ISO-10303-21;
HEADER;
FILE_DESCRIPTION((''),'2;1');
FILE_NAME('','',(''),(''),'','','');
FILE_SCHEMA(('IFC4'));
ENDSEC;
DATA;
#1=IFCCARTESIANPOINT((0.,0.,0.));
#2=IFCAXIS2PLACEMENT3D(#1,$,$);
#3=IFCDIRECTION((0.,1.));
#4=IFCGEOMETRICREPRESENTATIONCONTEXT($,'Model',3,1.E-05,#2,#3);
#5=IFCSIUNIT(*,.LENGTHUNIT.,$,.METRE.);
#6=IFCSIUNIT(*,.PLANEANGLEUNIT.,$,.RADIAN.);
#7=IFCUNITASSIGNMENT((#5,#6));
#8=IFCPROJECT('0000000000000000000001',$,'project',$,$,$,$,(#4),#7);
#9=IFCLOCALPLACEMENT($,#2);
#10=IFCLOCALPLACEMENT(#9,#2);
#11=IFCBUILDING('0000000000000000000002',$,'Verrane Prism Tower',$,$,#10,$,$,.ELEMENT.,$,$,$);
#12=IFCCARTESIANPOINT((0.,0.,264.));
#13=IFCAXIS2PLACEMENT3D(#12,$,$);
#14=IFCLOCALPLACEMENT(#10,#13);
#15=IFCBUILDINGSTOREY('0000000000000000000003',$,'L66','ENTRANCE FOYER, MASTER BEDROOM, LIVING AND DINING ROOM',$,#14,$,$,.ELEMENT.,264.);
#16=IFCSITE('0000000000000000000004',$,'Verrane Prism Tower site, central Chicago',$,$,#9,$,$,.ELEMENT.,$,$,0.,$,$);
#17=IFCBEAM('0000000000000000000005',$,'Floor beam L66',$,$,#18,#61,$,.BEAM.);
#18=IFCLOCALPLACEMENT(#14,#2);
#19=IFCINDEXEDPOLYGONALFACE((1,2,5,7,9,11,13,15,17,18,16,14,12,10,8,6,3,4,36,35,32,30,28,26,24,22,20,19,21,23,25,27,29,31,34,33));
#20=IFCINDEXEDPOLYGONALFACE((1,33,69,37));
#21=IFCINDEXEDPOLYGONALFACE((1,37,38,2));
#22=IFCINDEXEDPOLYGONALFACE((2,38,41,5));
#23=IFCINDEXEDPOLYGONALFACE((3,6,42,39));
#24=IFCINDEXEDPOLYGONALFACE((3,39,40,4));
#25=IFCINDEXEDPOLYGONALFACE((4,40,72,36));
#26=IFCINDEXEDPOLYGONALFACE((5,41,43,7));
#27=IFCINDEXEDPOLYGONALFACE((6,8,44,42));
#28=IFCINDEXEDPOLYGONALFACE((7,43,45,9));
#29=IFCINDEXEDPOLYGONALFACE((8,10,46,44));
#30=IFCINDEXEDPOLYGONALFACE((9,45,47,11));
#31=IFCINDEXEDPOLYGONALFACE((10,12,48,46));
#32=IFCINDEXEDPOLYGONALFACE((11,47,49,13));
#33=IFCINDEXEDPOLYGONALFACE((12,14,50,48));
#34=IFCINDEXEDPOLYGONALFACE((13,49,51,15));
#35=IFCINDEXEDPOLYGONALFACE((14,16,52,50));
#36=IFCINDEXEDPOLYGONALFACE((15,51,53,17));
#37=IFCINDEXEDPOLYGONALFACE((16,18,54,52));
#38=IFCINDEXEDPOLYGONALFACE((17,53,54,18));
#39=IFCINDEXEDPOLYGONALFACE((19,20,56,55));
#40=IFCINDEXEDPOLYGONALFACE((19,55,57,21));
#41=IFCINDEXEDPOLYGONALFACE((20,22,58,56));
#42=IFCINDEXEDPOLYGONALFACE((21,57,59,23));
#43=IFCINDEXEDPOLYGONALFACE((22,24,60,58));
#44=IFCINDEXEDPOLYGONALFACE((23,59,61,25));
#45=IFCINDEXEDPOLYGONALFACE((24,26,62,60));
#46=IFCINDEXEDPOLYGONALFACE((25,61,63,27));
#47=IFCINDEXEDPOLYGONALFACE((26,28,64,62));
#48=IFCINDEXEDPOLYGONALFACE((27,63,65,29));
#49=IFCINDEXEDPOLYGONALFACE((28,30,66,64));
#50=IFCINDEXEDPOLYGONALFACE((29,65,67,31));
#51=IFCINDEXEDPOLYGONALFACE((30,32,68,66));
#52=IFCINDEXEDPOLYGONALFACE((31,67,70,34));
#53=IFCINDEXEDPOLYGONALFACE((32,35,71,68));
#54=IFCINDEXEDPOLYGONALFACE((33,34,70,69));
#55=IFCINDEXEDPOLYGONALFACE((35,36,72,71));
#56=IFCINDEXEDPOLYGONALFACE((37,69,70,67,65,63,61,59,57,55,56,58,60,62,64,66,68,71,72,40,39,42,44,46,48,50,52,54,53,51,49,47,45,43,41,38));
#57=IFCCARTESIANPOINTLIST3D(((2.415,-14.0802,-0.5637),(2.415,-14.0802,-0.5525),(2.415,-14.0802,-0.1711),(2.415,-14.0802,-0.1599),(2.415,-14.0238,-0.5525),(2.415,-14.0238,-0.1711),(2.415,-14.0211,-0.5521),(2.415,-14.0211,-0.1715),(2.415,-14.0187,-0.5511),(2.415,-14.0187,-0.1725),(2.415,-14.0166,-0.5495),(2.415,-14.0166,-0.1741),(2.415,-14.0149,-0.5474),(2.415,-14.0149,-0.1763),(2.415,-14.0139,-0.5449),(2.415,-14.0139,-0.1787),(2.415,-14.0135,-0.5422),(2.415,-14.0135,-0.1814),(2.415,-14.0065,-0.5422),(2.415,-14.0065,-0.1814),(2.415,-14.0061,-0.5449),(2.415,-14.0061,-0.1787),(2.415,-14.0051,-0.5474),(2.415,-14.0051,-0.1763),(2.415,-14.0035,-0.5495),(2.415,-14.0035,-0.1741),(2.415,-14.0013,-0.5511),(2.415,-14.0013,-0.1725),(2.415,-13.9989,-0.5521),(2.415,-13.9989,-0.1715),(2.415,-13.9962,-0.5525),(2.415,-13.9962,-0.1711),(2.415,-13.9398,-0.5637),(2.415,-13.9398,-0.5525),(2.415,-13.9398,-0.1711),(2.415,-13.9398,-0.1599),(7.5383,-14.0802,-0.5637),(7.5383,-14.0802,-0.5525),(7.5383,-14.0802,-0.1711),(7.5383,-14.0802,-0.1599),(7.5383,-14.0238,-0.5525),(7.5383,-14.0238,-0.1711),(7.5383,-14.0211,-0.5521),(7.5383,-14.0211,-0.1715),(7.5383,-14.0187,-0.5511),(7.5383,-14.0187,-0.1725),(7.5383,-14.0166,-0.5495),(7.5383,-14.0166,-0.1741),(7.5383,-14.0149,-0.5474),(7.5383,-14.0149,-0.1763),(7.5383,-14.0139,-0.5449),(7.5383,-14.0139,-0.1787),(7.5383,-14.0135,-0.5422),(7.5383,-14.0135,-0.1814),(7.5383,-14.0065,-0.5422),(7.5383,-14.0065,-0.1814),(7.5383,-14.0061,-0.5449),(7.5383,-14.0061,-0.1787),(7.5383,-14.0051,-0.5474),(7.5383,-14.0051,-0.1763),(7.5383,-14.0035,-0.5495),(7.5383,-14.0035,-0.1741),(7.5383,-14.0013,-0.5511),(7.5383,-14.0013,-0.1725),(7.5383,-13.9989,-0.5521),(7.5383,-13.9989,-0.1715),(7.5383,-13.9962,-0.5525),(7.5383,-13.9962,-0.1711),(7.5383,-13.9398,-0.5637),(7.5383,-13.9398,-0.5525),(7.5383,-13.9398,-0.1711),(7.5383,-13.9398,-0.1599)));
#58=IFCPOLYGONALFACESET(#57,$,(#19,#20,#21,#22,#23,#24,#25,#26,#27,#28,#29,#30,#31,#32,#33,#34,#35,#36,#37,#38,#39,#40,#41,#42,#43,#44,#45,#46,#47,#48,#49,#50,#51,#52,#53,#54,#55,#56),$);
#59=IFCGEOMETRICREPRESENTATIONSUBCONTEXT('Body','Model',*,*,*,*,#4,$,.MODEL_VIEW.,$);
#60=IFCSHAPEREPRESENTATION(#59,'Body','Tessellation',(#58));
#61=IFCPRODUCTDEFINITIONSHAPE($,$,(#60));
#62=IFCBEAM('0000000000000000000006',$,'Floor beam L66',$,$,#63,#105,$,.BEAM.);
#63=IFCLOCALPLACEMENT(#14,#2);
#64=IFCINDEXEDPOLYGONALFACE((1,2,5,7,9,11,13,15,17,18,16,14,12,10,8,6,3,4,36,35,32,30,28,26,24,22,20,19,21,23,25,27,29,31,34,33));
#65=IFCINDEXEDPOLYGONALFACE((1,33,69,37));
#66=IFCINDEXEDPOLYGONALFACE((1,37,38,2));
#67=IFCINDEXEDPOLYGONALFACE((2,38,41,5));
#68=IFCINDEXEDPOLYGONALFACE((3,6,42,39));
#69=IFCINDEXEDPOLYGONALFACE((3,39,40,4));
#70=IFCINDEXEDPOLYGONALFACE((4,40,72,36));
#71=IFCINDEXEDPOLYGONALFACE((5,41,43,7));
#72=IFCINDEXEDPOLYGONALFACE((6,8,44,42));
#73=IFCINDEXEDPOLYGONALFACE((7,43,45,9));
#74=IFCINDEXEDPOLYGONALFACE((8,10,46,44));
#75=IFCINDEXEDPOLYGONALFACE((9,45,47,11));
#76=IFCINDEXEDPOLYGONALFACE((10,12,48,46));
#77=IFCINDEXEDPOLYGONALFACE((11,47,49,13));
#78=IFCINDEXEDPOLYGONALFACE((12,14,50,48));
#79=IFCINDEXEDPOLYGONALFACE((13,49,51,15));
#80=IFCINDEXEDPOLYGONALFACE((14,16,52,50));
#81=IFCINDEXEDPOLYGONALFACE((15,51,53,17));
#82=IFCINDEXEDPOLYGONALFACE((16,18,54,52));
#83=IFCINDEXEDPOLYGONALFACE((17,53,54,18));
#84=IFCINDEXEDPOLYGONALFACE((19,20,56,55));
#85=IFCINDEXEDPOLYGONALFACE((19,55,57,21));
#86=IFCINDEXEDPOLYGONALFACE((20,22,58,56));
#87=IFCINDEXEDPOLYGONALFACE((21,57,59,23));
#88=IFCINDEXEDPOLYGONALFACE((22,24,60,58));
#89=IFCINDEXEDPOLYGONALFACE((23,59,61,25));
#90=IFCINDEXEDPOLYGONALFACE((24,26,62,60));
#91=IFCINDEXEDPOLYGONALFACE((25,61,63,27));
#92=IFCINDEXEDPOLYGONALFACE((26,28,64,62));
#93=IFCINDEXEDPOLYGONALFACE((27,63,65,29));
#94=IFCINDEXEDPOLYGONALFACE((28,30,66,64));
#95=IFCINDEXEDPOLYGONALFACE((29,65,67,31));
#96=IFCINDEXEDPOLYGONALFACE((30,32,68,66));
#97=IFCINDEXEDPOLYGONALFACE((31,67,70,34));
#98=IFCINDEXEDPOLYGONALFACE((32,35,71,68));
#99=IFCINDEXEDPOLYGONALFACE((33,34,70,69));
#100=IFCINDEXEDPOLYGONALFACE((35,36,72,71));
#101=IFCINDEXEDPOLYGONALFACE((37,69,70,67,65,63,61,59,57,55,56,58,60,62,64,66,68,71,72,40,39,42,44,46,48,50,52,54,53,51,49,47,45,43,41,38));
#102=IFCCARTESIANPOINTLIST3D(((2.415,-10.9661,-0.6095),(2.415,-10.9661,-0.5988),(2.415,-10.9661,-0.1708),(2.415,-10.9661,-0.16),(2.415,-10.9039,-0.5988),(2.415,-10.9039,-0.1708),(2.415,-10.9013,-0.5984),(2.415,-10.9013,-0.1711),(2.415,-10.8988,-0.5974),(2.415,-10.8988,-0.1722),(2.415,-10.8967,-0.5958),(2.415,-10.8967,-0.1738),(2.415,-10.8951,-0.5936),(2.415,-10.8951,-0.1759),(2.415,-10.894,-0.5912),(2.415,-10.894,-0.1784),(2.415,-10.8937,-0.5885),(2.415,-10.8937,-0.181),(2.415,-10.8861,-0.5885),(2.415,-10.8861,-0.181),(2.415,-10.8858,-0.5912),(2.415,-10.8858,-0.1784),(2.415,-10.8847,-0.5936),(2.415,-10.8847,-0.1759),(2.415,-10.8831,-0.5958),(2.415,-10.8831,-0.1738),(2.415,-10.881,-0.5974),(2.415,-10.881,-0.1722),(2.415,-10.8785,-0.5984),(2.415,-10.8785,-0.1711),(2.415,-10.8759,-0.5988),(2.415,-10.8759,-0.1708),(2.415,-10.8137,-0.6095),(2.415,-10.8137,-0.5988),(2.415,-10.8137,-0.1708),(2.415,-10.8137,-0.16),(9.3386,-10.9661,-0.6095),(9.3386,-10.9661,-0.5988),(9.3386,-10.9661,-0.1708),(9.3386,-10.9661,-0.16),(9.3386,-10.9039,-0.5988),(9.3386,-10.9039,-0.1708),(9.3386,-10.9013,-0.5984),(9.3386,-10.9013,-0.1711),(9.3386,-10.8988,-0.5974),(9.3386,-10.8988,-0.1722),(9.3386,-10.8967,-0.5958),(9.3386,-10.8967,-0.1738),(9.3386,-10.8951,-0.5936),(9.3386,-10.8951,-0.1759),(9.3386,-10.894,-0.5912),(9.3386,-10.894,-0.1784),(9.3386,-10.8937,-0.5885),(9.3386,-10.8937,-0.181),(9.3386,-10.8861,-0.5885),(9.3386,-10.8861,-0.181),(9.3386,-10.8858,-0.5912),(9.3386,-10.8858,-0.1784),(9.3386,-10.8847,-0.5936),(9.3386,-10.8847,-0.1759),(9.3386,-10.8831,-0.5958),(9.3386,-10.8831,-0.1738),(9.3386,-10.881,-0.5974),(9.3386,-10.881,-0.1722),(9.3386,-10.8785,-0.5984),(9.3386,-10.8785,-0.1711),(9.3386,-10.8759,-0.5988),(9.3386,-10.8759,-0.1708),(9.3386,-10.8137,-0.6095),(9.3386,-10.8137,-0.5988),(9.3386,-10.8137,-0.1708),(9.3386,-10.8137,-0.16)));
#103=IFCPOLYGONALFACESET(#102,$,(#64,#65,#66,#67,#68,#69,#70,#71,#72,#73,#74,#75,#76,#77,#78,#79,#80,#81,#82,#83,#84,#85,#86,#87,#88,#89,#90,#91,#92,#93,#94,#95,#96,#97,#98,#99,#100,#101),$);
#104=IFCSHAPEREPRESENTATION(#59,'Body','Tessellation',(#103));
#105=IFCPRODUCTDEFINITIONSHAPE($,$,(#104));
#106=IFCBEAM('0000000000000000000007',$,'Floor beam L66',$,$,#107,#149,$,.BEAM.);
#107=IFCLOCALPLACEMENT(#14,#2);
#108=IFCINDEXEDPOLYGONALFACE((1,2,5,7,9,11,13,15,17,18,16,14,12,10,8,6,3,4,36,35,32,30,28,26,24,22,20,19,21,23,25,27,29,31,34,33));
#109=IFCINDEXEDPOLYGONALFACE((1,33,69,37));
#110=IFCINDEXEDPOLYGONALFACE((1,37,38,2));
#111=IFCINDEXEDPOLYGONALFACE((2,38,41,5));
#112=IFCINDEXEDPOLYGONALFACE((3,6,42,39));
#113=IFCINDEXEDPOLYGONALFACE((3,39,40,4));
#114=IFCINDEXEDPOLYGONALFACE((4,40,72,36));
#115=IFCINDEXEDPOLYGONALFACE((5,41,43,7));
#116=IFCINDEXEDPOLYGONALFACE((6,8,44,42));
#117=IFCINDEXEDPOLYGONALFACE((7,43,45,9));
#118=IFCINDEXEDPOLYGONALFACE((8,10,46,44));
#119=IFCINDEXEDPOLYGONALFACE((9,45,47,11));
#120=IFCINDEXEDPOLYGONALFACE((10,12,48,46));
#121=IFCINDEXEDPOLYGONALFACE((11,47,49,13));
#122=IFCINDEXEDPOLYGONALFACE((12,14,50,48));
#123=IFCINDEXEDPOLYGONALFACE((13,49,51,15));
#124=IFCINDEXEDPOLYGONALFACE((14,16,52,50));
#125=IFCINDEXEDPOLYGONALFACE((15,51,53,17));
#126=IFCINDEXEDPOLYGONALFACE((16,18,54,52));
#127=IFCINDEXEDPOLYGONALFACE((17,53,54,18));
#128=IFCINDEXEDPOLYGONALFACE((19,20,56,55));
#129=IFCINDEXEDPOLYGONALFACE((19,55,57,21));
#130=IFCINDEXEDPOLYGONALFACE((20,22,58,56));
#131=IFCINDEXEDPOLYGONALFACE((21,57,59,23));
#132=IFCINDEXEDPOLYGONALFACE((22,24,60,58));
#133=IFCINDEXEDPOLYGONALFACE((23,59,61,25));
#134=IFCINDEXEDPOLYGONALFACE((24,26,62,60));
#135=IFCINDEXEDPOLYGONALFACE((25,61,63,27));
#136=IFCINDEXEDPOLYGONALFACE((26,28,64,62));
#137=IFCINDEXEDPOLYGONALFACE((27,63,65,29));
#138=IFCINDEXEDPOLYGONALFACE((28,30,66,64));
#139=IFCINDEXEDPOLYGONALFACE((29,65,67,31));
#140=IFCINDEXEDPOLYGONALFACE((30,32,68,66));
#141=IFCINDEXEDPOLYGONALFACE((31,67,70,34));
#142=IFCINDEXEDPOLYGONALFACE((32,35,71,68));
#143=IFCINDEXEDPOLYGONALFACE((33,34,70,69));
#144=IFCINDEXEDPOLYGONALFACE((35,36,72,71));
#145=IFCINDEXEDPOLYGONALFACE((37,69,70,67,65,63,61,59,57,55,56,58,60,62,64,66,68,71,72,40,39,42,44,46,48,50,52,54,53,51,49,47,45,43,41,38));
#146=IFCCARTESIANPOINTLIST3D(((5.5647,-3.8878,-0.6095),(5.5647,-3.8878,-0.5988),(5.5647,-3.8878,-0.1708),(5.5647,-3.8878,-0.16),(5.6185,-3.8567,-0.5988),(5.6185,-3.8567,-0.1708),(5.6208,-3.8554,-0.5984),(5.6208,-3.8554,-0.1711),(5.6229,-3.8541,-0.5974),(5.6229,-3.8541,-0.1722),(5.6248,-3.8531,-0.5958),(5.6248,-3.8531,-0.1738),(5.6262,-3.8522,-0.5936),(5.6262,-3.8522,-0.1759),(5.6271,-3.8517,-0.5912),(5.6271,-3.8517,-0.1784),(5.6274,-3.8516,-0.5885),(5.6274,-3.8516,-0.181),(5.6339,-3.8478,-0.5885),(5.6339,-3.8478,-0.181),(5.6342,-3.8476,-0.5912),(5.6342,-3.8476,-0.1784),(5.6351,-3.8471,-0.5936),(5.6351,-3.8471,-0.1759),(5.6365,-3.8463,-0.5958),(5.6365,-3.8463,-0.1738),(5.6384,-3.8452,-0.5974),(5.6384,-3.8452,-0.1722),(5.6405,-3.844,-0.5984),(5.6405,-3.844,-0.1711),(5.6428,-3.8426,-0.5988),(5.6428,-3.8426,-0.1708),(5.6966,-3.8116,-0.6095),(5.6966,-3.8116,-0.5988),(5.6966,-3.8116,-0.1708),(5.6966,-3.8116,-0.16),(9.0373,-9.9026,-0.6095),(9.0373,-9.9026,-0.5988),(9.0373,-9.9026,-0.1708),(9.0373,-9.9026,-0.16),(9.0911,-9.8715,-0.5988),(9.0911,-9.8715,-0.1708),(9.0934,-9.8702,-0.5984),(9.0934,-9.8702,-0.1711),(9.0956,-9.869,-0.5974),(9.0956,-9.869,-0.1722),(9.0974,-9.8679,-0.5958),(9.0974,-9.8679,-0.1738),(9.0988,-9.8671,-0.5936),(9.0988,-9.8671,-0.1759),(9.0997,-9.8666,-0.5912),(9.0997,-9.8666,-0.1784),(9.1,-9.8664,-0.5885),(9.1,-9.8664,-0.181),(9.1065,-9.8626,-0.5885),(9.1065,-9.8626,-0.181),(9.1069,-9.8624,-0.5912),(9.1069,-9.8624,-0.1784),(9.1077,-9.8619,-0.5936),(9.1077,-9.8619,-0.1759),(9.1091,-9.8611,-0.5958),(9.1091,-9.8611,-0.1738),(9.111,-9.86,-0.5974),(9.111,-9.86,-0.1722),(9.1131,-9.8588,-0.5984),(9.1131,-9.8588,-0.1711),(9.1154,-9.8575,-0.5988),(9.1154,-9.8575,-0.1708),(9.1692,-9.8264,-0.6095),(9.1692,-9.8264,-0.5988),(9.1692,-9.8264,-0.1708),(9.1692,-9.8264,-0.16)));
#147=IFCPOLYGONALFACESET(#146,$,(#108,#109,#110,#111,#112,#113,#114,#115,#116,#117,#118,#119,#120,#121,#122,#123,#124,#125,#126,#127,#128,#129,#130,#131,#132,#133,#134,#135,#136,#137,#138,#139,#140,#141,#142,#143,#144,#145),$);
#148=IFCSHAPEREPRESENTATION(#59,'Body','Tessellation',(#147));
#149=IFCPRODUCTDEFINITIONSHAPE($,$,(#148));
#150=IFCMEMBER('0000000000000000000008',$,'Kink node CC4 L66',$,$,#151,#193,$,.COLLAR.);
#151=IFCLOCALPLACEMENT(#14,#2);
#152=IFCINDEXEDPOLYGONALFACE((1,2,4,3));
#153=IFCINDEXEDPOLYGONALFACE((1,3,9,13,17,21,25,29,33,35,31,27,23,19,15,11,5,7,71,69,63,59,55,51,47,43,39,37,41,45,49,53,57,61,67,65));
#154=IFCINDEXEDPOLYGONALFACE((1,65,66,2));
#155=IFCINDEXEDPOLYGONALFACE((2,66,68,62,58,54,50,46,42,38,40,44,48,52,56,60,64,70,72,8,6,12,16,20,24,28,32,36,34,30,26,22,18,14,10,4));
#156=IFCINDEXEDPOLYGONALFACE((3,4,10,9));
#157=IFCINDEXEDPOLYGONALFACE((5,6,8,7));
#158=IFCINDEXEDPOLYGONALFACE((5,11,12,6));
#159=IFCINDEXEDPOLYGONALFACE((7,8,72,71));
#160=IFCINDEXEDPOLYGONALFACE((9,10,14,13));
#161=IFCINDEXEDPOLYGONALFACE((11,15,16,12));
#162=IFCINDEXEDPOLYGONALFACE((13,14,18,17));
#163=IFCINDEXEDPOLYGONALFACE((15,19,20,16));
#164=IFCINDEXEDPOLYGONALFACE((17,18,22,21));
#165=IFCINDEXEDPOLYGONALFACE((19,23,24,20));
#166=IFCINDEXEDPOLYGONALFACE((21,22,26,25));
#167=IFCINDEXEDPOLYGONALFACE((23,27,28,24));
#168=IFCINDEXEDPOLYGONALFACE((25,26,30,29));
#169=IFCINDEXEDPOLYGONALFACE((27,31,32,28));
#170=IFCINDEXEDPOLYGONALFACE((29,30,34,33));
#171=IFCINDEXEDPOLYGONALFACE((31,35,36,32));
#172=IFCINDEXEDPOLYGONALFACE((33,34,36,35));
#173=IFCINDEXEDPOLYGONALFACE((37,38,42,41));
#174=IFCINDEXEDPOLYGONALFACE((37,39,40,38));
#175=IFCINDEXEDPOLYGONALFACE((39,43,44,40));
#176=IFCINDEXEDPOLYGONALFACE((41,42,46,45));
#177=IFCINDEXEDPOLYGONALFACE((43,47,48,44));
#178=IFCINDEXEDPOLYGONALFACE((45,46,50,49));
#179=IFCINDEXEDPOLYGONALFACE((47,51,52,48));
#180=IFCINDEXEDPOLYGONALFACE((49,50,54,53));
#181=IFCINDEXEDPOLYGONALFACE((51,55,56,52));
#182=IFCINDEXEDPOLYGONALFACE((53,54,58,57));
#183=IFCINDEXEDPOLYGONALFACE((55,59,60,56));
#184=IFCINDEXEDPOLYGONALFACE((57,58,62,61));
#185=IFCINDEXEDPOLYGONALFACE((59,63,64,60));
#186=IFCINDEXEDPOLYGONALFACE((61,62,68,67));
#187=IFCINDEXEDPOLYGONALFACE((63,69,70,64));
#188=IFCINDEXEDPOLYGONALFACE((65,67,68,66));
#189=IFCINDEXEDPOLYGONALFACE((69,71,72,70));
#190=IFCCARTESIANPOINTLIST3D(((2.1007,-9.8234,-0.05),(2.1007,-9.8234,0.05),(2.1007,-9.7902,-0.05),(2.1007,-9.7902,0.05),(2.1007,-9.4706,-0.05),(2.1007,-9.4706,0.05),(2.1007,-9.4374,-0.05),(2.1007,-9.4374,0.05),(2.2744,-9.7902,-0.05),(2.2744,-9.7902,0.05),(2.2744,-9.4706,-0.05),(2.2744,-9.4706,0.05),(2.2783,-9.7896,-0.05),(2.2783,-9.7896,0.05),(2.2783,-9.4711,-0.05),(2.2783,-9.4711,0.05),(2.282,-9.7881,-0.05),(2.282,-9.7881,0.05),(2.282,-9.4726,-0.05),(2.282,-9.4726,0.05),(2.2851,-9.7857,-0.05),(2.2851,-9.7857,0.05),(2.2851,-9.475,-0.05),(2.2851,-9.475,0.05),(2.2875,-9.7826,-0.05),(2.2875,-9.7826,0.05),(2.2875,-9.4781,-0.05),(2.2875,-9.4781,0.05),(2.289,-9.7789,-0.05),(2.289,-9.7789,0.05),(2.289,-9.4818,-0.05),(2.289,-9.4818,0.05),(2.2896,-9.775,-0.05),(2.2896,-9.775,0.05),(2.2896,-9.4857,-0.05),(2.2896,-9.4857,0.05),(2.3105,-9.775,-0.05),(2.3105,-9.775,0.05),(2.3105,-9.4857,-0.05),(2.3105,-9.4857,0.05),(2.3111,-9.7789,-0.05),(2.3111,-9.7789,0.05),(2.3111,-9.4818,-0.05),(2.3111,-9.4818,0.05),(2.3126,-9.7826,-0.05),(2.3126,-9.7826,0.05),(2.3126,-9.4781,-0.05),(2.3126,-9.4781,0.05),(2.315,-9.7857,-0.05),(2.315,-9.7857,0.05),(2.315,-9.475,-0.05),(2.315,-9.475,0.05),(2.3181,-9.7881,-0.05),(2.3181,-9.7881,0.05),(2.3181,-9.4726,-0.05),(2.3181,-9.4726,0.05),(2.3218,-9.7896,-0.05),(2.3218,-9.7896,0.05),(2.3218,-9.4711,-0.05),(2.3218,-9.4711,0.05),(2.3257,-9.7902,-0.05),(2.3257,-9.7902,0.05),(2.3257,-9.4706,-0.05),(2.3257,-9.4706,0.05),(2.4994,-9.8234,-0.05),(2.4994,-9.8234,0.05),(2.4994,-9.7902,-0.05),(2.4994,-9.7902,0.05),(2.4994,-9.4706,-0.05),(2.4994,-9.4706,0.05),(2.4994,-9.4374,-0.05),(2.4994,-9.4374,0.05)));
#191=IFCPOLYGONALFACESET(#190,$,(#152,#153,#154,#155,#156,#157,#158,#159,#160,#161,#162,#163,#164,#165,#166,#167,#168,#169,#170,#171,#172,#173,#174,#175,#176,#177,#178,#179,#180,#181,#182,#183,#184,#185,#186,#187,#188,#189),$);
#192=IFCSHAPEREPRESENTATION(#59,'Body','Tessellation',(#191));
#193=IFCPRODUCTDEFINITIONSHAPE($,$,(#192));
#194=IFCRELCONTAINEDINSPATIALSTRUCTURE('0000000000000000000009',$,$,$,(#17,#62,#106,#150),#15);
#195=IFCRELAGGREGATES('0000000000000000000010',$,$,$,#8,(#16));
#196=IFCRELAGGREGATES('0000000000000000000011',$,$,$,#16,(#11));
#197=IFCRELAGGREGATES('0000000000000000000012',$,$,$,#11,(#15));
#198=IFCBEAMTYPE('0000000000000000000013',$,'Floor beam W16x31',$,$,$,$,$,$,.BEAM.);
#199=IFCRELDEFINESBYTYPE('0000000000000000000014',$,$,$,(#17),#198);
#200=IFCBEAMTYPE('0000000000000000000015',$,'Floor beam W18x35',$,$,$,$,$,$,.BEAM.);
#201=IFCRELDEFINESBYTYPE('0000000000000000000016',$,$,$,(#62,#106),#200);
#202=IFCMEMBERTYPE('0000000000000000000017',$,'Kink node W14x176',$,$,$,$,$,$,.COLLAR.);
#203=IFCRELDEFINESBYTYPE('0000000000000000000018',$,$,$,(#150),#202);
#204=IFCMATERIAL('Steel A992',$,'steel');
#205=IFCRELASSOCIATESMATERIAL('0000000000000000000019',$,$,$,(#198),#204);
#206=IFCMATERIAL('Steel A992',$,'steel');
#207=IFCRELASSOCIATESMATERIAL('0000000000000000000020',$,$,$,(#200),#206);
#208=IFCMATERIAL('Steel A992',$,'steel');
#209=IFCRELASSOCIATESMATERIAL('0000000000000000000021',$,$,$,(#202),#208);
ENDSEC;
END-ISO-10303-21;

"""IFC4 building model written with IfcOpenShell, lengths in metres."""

from ifc_helpers import new_model, si_unit, direction, frame, origin, origin_2d, place, context, subcontext, project, spatial, i_section, extrude, material, material_profile, profile_set, type_object, element, save


model = new_model("IFC4")

# Units and contexts
model_context = context("Model", 3, precision=1e-05, world=origin(), true_north=direction((0.0, 1.0)))
body_context = subcontext(model_context, "Body", "Model", "MODEL_VIEW")
ifc_project = project(units=[si_unit("LENGTHUNIT", "METRE"), si_unit("PLANEANGLEUNIT", "RADIAN")], contexts=[model_context])

# Site, building, storey
site_placement = place(None, origin())
site = spatial("IfcSite", under=ifc_project, at=site_placement, Name="Verrane Prism Tower site, central Chicago", CompositionType="ELEMENT", RefElevation=0.0)
building_placement = place(site_placement, origin())
building = spatial("IfcBuilding", under=site, at=building_placement, Name="Verrane Prism Tower", CompositionType="ELEMENT")
storey_placement = place(building_placement, frame((0.0, 0.0, 264.0)))
storey = spatial("IfcBuildingStorey", under=building, at=storey_placement, Name="L66", Description="ENTRANCE FOYER, MASTER BEDROOM, LIVING AND DINING ROOM", CompositionType="ELEMENT", Elevation=264.0)

# Beams
ifc_material_1 = material(Name="Steel A992", Category="steel")
ifc_material_profile_1 = material_profile(ifc_material_1, i_section(OverallWidth=0.1404, OverallDepth=0.4038, WebThickness=0.0071, FlangeThickness=0.0112, FilletRadius=0.0103, at=origin_2d()), Name="W16x31")
ifc_profile_set_1 = profile_set([ifc_material_profile_1], Name="Steel A992")
beam_type_1 = type_object("IfcBeamType", Name="Floor beam W16x31", PredefinedType="BEAM", material=ifc_profile_set_1)
beam_1_placement = place(storey_placement, frame((2.415, -14.01, -0.3618), z_axis=(1.0, 0.0, 0.0), x_axis=(0.0, 1.0, 0.0)))
element("IfcBeam", 1, at=beam_1_placement, inside=storey, type_object=beam_type_1, Name="Floor beam L66", PredefinedType="BEAM", context=body_context, shape_type="SweptSolid", body=[
    extrude(i_section(OverallWidth=0.1404, OverallDepth=0.4038, WebThickness=0.0071, FlangeThickness=0.0112, FilletRadius=0.0103, at=origin_2d()), origin(), (0.0, 0.0, 1.0), 5.1233),
])
ifc_material_2 = material(Name="Steel A992", Category="steel")
ifc_material_profile_2 = material_profile(ifc_material_2, i_section(OverallWidth=0.1523, OverallDepth=0.4495, WebThickness=0.0076, FlangeThickness=0.0107, FilletRadius=0.0103, at=origin_2d()), Name="W18x35")
ifc_profile_set_2 = profile_set([ifc_material_profile_2], Name="Steel A992")
beam_type_2 = type_object("IfcBeamType", Name="Floor beam W18x35", PredefinedType="BEAM", material=ifc_profile_set_2)
beam_2_placement = place(storey_placement, frame((2.415, -10.8899, -0.3848), z_axis=(1.0, 0.0, 0.0), x_axis=(0.0, 1.0, 0.0)))
element("IfcBeam", 2, at=beam_2_placement, inside=storey, type_object=beam_type_2, Name="Floor beam L66", PredefinedType="BEAM", context=body_context, shape_type="SweptSolid", body=[
    extrude(i_section(OverallWidth=0.1523, OverallDepth=0.4495, WebThickness=0.0076, FlangeThickness=0.0107, FilletRadius=0.0103, at=origin_2d()), origin(), (0.0, 0.0, 1.0), 6.9236),
])
beam_3_placement = place(storey_placement, frame((9.1033, -9.8645, -0.3848), z_axis=(-0.499995, 0.866028, 0.0), x_axis=(-0.866028, -0.499995, 0.0)))
element("IfcBeam", 3, at=beam_3_placement, inside=storey, type_object=beam_type_2, Name="Floor beam L66", PredefinedType="BEAM", context=body_context, shape_type="SweptSolid", body=[
    extrude(i_section(OverallWidth=0.1523, OverallDepth=0.4495, WebThickness=0.0076, FlangeThickness=0.0107, FilletRadius=0.0103, at=origin_2d()), origin(), (0.0, 0.0, 1.0), 6.9453),
])

# Member
ifc_material_3 = material(Name="Steel A992", Category="steel")
ifc_material_profile_3 = material_profile(ifc_material_3, i_section(OverallWidth=0.3987, OverallDepth=0.386, WebThickness=0.021, FlangeThickness=0.0332, FilletRadius=0.0151, at=origin_2d()), Name="W14x176")
ifc_profile_set_3 = profile_set([ifc_material_profile_3], Name="Steel A992")
member_type_1 = type_object("IfcMemberType", Name="Kink node W14x176", PredefinedType="COLLAR", material=ifc_profile_set_3)
member_1_placement = place(storey_placement, frame((2.3, -9.6304, -0.05), z_axis=(0.0, 0.0, 1.0), x_axis=(1.0, 0.0, 0.0)))
element("IfcMember", 4, at=member_1_placement, inside=storey, type_object=member_type_1, Name="Kink node CC4 L66", PredefinedType="COLLAR", context=body_context, shape_type="SweptSolid", body=[
    extrude(i_section(OverallWidth=0.3987, OverallDepth=0.386, WebThickness=0.021, FlangeThickness=0.0332, FilletRadius=0.0151, at=origin_2d()), origin(), (0.0, 0.0, 1.0), 0.1001),
])

save(model, "model.ifc")
